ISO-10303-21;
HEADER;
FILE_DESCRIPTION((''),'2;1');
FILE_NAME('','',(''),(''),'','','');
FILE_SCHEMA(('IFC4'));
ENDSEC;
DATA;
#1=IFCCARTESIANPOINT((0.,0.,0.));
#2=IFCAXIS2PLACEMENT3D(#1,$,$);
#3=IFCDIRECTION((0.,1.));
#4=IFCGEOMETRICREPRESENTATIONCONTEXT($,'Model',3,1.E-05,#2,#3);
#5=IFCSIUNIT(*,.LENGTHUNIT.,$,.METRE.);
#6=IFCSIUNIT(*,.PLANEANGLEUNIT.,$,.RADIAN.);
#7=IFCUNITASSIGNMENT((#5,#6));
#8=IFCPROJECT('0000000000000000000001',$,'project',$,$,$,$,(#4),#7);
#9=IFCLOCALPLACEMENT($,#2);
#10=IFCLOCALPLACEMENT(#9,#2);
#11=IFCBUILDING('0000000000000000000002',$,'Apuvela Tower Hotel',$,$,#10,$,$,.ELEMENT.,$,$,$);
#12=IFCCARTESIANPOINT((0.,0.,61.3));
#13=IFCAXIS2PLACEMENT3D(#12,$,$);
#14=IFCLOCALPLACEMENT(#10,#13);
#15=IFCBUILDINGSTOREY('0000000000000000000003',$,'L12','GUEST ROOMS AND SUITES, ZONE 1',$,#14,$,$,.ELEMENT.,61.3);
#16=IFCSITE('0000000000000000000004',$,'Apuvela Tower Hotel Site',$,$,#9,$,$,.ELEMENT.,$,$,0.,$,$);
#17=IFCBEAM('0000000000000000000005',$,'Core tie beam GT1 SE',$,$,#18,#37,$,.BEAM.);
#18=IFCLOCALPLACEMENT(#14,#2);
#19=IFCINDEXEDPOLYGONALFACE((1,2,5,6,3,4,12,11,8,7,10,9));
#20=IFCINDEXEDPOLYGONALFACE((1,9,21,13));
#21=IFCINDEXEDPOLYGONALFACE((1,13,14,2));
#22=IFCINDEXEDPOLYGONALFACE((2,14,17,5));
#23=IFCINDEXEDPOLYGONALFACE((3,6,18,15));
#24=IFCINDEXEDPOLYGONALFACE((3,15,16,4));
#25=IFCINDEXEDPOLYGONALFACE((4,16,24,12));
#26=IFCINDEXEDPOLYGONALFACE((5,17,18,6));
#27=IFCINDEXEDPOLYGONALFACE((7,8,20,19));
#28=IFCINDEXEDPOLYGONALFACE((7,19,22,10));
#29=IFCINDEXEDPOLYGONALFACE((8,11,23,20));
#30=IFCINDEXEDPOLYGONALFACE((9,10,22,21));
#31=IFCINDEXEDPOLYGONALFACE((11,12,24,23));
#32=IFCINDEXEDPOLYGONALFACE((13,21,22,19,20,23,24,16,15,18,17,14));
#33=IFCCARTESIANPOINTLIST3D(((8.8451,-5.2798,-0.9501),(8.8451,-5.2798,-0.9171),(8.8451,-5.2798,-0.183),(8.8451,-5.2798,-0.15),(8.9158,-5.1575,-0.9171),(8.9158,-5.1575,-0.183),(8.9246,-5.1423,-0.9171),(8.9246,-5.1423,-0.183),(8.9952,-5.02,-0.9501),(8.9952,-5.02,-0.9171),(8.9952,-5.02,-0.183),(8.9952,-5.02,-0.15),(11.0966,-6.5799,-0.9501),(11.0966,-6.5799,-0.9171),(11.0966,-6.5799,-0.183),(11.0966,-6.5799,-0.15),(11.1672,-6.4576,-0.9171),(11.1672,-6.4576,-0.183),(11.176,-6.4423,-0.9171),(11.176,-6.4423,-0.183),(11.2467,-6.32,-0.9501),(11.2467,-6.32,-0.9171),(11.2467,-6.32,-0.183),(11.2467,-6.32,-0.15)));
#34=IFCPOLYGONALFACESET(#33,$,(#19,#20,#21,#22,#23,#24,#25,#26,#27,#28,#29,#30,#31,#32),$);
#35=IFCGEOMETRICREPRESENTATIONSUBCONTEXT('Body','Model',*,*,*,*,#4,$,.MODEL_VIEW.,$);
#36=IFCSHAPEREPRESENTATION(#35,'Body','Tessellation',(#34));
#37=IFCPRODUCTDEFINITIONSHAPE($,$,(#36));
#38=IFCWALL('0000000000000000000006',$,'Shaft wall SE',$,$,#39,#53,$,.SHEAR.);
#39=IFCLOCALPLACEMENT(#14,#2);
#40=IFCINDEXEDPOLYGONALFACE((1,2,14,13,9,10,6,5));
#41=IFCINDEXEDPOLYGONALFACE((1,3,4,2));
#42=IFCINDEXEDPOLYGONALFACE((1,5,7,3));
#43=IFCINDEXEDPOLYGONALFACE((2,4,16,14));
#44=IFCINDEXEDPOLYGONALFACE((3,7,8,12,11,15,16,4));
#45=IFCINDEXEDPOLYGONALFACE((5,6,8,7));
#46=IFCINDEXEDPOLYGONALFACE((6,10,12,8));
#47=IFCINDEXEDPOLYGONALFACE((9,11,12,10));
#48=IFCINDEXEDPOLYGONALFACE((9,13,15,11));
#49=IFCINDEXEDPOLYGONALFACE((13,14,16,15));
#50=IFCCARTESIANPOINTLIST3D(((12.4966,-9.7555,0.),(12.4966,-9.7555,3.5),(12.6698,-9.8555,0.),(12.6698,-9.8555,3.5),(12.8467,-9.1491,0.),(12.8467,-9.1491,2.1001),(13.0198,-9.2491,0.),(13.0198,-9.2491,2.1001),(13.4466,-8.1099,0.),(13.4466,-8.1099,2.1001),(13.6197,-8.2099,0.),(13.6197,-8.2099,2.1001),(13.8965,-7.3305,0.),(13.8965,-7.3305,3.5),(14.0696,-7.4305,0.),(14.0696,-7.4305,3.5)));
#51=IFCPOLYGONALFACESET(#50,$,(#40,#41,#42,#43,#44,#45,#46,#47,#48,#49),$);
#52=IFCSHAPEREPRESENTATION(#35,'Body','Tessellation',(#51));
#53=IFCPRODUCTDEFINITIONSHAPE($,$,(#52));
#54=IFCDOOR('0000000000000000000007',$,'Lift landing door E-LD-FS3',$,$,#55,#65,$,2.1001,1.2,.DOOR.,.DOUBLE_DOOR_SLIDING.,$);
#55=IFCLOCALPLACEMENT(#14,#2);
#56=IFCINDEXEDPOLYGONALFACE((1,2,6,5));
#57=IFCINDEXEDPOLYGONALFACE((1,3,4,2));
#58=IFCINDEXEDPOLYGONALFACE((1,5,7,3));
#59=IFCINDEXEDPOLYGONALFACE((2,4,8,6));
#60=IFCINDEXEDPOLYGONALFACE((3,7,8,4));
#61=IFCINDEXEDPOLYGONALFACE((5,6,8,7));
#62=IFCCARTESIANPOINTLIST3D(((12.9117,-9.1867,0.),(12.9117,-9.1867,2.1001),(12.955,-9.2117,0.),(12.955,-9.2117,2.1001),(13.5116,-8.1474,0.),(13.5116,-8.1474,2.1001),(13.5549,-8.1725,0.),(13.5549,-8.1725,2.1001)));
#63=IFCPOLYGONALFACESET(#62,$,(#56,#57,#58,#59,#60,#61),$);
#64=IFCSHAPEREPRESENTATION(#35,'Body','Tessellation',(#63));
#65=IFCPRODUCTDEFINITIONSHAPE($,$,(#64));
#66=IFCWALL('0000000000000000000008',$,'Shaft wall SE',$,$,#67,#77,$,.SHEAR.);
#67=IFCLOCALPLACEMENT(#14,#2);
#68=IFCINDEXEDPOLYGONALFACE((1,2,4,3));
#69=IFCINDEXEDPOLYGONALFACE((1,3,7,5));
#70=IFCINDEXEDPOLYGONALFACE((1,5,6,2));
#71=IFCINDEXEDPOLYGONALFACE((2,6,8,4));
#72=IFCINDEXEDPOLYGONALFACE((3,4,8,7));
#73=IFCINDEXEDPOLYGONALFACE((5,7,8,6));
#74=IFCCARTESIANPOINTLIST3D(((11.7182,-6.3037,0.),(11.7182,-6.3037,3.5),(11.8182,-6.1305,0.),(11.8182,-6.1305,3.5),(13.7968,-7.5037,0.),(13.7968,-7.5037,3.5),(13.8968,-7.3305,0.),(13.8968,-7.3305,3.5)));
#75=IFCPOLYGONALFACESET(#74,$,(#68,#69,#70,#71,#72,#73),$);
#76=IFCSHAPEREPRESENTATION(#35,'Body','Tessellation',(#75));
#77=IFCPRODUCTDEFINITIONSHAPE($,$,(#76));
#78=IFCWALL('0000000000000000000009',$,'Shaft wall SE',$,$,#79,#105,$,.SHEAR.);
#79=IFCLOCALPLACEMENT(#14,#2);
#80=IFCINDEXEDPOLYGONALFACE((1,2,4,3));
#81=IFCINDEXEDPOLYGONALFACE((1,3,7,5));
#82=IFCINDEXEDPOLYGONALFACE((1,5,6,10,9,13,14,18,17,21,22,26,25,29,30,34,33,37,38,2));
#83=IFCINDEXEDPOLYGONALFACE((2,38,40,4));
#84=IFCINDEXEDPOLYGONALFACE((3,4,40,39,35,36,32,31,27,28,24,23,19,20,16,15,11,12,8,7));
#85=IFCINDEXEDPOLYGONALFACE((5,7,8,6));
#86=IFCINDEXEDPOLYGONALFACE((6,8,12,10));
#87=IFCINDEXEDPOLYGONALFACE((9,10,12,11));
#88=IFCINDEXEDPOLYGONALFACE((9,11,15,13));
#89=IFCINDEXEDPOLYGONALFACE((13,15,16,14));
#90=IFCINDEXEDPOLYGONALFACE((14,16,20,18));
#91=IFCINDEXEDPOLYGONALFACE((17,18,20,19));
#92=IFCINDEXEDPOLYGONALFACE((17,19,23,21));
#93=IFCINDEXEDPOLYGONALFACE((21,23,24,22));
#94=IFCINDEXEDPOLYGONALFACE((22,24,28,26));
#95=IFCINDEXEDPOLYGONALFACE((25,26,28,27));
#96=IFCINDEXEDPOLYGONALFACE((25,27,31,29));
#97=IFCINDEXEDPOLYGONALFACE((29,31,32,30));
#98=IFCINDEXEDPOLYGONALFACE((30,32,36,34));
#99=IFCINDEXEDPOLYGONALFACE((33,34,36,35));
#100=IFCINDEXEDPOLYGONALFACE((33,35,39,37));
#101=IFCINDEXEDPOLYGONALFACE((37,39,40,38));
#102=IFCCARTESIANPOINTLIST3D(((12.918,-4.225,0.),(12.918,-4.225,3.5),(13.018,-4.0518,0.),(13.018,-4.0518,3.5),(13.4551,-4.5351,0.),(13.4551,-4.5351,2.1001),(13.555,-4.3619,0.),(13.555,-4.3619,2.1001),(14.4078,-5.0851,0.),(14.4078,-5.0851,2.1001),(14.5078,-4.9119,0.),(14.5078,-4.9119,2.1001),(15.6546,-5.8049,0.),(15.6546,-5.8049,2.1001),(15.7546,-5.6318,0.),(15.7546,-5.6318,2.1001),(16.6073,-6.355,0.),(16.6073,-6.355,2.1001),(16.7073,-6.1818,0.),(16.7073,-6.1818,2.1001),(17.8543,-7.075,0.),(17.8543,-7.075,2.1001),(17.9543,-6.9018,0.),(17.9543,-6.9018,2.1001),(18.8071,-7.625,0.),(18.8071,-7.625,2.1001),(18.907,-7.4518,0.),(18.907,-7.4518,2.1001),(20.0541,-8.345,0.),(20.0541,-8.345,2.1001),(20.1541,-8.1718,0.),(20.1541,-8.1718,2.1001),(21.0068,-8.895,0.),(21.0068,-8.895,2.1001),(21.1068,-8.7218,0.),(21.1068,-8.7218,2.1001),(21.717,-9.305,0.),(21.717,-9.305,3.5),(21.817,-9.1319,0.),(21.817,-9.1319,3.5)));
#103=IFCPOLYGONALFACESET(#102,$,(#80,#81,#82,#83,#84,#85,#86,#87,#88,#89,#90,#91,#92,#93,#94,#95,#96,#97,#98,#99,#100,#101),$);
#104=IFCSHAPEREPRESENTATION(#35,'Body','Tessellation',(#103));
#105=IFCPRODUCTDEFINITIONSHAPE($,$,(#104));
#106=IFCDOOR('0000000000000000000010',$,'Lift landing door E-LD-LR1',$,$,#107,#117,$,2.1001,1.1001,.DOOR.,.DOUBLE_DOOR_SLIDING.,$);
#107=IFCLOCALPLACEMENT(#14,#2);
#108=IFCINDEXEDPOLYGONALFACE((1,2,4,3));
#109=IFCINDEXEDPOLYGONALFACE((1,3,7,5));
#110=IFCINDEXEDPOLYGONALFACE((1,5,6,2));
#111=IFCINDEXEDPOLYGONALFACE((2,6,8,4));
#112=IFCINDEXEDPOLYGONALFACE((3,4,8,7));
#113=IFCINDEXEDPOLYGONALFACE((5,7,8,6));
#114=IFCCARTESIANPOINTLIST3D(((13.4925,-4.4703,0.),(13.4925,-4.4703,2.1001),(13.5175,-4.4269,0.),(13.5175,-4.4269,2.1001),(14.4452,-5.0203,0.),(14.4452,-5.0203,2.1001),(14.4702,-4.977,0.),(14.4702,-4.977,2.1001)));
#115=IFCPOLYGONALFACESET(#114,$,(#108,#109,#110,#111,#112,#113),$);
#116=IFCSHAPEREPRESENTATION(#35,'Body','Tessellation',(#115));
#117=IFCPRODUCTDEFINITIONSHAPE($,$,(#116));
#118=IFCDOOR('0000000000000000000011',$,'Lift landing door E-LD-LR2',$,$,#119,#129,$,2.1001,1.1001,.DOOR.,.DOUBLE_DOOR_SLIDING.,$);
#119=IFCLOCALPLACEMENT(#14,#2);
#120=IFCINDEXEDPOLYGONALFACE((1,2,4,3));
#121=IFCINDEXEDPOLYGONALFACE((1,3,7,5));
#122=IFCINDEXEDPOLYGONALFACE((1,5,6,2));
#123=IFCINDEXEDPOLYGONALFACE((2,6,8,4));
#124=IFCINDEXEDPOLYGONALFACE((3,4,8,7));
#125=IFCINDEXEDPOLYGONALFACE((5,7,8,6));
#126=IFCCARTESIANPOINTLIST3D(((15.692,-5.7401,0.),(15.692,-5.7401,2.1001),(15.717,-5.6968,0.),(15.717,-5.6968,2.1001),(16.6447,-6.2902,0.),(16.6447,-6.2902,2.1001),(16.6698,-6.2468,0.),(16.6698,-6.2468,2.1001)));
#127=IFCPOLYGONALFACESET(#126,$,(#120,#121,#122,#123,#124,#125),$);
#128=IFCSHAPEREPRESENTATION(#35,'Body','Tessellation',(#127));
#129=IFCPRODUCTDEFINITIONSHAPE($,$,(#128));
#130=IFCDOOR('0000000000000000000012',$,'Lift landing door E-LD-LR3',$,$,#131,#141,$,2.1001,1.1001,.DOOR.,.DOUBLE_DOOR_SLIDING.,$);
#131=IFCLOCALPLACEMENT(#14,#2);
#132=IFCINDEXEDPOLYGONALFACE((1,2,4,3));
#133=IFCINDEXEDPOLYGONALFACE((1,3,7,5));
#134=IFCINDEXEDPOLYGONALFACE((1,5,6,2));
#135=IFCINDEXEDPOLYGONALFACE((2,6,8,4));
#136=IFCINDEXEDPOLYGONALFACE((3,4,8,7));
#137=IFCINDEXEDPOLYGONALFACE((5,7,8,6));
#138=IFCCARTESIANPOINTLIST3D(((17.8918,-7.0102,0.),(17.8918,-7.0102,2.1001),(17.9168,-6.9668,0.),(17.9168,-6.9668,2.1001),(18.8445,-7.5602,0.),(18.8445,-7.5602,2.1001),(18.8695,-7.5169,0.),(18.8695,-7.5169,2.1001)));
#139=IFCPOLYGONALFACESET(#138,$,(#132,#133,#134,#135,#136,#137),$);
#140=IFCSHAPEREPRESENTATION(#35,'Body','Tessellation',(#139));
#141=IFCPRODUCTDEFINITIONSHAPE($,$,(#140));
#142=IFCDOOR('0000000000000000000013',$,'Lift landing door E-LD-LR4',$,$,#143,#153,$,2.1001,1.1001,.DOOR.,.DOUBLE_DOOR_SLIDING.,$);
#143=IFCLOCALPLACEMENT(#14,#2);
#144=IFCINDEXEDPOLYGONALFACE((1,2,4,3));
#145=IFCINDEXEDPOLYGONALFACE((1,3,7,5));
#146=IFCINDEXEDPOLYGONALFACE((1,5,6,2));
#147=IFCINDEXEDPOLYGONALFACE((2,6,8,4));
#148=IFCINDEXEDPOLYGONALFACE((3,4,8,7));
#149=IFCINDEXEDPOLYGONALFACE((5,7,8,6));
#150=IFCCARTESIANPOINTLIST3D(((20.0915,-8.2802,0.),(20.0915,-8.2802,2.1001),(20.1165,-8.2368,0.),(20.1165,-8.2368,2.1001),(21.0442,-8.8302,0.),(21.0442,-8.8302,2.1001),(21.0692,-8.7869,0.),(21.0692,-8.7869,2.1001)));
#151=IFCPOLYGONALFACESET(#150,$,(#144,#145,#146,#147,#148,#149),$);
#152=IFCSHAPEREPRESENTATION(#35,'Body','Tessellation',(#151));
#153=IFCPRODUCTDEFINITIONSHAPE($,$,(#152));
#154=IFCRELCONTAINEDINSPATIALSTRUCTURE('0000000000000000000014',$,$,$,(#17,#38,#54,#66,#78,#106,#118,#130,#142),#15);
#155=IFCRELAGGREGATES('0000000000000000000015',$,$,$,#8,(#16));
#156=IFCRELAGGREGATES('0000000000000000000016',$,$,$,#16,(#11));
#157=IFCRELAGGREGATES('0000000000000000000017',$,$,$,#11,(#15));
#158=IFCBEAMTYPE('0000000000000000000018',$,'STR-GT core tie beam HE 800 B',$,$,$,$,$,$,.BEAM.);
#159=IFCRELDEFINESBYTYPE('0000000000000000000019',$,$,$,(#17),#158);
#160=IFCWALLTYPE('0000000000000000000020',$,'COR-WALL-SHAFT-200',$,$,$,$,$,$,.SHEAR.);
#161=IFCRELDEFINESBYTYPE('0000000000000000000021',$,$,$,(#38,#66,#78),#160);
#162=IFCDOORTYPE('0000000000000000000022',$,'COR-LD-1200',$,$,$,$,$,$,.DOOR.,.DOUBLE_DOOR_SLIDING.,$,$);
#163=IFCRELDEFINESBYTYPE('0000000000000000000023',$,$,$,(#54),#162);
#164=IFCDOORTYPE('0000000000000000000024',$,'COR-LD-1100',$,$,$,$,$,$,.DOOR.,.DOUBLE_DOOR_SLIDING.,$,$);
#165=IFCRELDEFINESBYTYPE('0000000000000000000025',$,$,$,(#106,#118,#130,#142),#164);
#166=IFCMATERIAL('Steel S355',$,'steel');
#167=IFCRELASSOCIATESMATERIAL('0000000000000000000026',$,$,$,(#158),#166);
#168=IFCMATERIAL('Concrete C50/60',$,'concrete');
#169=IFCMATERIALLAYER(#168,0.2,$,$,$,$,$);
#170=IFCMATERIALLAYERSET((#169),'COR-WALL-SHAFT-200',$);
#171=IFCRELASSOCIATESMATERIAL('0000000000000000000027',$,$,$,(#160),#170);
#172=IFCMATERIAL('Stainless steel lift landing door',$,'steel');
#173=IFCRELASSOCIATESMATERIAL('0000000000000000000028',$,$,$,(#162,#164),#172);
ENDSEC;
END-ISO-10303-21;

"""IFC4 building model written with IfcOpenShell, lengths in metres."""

from ifc_helpers import new_model, si_unit, direction, frame, frame_2d, origin, origin_2d, place, context, subcontext, project, spatial, rectangle, i_section, extrude, material, layer, layer_set, material_profile, profile_set, type_object, element, fill, save


model = new_model("IFC4")

# Units and contexts
model_context = context("Model", 3, precision=1e-05, world=origin(), true_north=direction((0.0, 1.0)))
body_context = subcontext(model_context, "Body", "Model", "MODEL_VIEW")
ifc_project = project(units=[si_unit("LENGTHUNIT", "METRE"), si_unit("PLANEANGLEUNIT", "RADIAN")], contexts=[model_context])

# Site, building, storey
site_placement = place(None, origin())
site = spatial("IfcSite", under=ifc_project, at=site_placement, Name="Apuvela Tower Hotel Site", CompositionType="ELEMENT", RefElevation=0.0)
building_placement = place(site_placement, origin())
building = spatial("IfcBuilding", under=site, at=building_placement, Name="Apuvela Tower Hotel", CompositionType="ELEMENT")
storey_placement = place(building_placement, frame((0.0, 0.0, 61.3)))
storey = spatial("IfcBuildingStorey", under=building, at=storey_placement, Name="L12", Description="GUEST ROOMS AND SUITES, ZONE 1", CompositionType="ELEMENT", Elevation=61.3)

# Beam
ifc_material_1 = material(Name="Steel S355", Category="steel")
ifc_material_profile = material_profile(ifc_material_1, i_section(OverallWidth=0.3, OverallDepth=0.8, WebThickness=0.0176, FlangeThickness=0.033, at=origin_2d()), Name="HE 800 B")
ifc_profile_set = profile_set([ifc_material_profile], Name="Steel S355")
beam_type = type_object("IfcBeamType", Name="STR-GT core tie beam HE 800 B", PredefinedType="BEAM", material=ifc_profile_set)
beam_placement = place(storey_placement, frame((11.1716, -6.45, -0.55), z_axis=(-0.865998, 0.500048, 0.0), x_axis=(-0.500048, -0.865998, 0.0)))
element("IfcBeam", 1, at=beam_placement, inside=storey, type_object=beam_type, Name="Core tie beam GT1 SE", PredefinedType="BEAM", context=body_context, shape_type="SweptSolid", body=[
    extrude(i_section(OverallWidth=0.3, OverallDepth=0.8, WebThickness=0.0176, FlangeThickness=0.033, at=origin_2d()), origin(), (0.0, 0.0, 1.0), 2.5999),
])

# Wall, opening, door
ifc_material_2 = material(Name="Concrete C50/60", Category="concrete")
ifc_layer_1 = layer(ifc_material_2, 0.2)
ifc_layer_set_1 = layer_set([ifc_layer_1], Name="COR-WALL-SHAFT-200")
wall_type_1 = type_object("IfcWallType", Name="COR-WALL-SHAFT-200", PredefinedType="SHEAR", material=ifc_layer_set_1)
wall_1_placement = place(storey_placement, frame((12.5833, -9.8054, 0.0), z_axis=(0.0, 0.0, 1.0), x_axis=(0.499946, 0.866056, 0.0)))
wall_1 = element("IfcWall", 2, at=wall_1_placement, inside=storey, type_object=wall_type_1, Name="Shaft wall SE", PredefinedType="SHEAR", context=body_context, shape_type="SweptSolid", body=[
    extrude(rectangle(XDim=2.8, YDim=0.2, at=frame_2d((1.3999, 0.0))), origin(), (0.0, 0.0, 1.0), 3.5),
])
opening_1_placement = place(wall_1_placement, frame((0.7, 0.0, 0.0)))
opening_1 = element("IfcOpeningElement", 3, at=opening_1_placement, cuts=wall_1, PredefinedType="OPENING", context=body_context, shape_type="SweptSolid", body=[
    extrude(rectangle(XDim=1.2, YDim=2.1001, at=frame_2d((0.6001, 1.05))), frame((0.0, 0.1099, 0.0), z_axis=(0.0, -1.0, 0.0), x_axis=(1.0, 0.0, 0.0)), (0.0, 0.0, 1.0), 0.22),
])
ifc_material_3 = material(Name="Stainless steel lift landing door", Category="steel")
door_type_1 = type_object("IfcDoorType", Name="COR-LD-1200", OperationType="DOUBLE_DOOR_SLIDING", PredefinedType="DOOR", material=ifc_material_3)
door_1_placement = place(opening_1_placement, origin())
door_1 = element("IfcDoor", 4, at=door_1_placement, inside=storey, type_object=door_type_1, Name="Lift landing door E-LD-FS3", OperationType="DOUBLE_DOOR_SLIDING", OverallHeight=2.1001, OverallWidth=1.2, PredefinedType="DOOR", context=body_context, shape_type="SweptSolid", body=[
    extrude(rectangle(XDim=1.2, YDim=2.1001, at=frame_2d((0.6001, 1.05))), frame((0.0, 0.0249, 0.0), z_axis=(0.0, -1.0, 0.0), x_axis=(1.0, 0.0, 0.0)), (0.0, 0.0, 1.0), 0.05),
])
fill(opening_1, door_1)

# Wall
wall_2_placement = place(storey_placement, frame((11.7681, -6.217, 0.0), z_axis=(0.0, 0.0, 1.0), x_axis=(0.86605, -0.499957, 0.0)))
element("IfcWall", 5, at=wall_2_placement, inside=storey, type_object=wall_type_1, Name="Shaft wall SE", PredefinedType="SHEAR", context=body_context, shape_type="SweptSolid", body=[
    extrude(rectangle(XDim=2.4001, YDim=0.2, at=frame_2d((1.2002, 0.0))), origin(), (0.0, 0.0, 1.0), 3.5),
])

# Wall, openings, doors
wall_3_placement = place(storey_placement, frame((12.968, -4.1384, 0.0), z_axis=(0.0, 0.0, 1.0), x_axis=(0.866028, -0.499995, 0.0)))
wall_3 = element("IfcWall", 6, at=wall_3_placement, inside=storey, type_object=wall_type_1, Name="Shaft wall SE", PredefinedType="SHEAR", context=body_context, shape_type="SweptSolid", body=[
    extrude(rectangle(XDim=10.1602, YDim=0.2, at=frame_2d((5.0801, 0.0))), origin(), (0.0, 0.0, 1.0), 3.5),
])
opening_2_placement = place(wall_3_placement, frame((0.6201, 0.0, 0.0)))
opening_2 = element("IfcOpeningElement", 7, at=opening_2_placement, cuts=wall_3, PredefinedType="OPENING", context=body_context, shape_type="SweptSolid", body=[
    extrude(rectangle(XDim=1.1001, YDim=2.1001, at=frame_2d((0.55, 1.05))), frame((0.0, 0.1099, 0.0), z_axis=(0.0, -1.0, 0.0), x_axis=(1.0, 0.0, 0.0)), (0.0, 0.0, 1.0), 0.22),
])
opening_3_placement = place(wall_3_placement, frame((3.1599, 0.0, 0.0)))
opening_3 = element("IfcOpeningElement", 8, at=opening_3_placement, cuts=wall_3, PredefinedType="OPENING", context=body_context, shape_type="SweptSolid", body=[
    extrude(rectangle(XDim=1.1001, YDim=2.1001, at=frame_2d((0.55, 1.05))), frame((0.0, 0.1099, 0.0), z_axis=(0.0, -1.0, 0.0), x_axis=(1.0, 0.0, 0.0)), (0.0, 0.0, 1.0), 0.22),
])
opening_4_placement = place(wall_3_placement, frame((5.7, 0.0, 0.0)))
opening_4 = element("IfcOpeningElement", 9, at=opening_4_placement, cuts=wall_3, PredefinedType="OPENING", context=body_context, shape_type="SweptSolid", body=[
    extrude(rectangle(XDim=1.1001, YDim=2.1001, at=frame_2d((0.55, 1.05))), frame((0.0, 0.1099, 0.0), z_axis=(0.0, -1.0, 0.0), x_axis=(1.0, 0.0, 0.0)), (0.0, 0.0, 1.0), 0.22),
])
opening_5_placement = place(wall_3_placement, frame((8.24, 0.0, 0.0)))
opening_5 = element("IfcOpeningElement", 10, at=opening_5_placement, cuts=wall_3, PredefinedType="OPENING", context=body_context, shape_type="SweptSolid", body=[
    extrude(rectangle(XDim=1.1001, YDim=2.1001, at=frame_2d((0.55, 1.05))), frame((0.0, 0.1099, 0.0), z_axis=(0.0, -1.0, 0.0), x_axis=(1.0, 0.0, 0.0)), (0.0, 0.0, 1.0), 0.22),
])
door_type_2 = type_object("IfcDoorType", Name="COR-LD-1100", OperationType="DOUBLE_DOOR_SLIDING", PredefinedType="DOOR", material=ifc_material_3)
door_2_placement = place(opening_2_placement, origin())
door_2 = element("IfcDoor", 11, at=door_2_placement, inside=storey, type_object=door_type_2, Name="Lift landing door E-LD-LR1", OperationType="DOUBLE_DOOR_SLIDING", OverallHeight=2.1001, OverallWidth=1.1001, PredefinedType="DOOR", context=body_context, shape_type="SweptSolid", body=[
    extrude(rectangle(XDim=1.1001, YDim=2.1001, at=frame_2d((0.55, 1.05))), frame((0.0, 0.0249, 0.0), z_axis=(0.0, -1.0, 0.0), x_axis=(1.0, 0.0, 0.0)), (0.0, 0.0, 1.0), 0.05),
])
fill(opening_2, door_2)
door_3_placement = place(opening_3_placement, origin())
door_3 = element("IfcDoor", 12, at=door_3_placement, inside=storey, type_object=door_type_2, Name="Lift landing door E-LD-LR2", OperationType="DOUBLE_DOOR_SLIDING", OverallHeight=2.1001, OverallWidth=1.1001, PredefinedType="DOOR", context=body_context, shape_type="SweptSolid", body=[
    extrude(rectangle(XDim=1.1001, YDim=2.1001, at=frame_2d((0.55, 1.05))), frame((0.0, 0.0249, 0.0), z_axis=(0.0, -1.0, 0.0), x_axis=(1.0, 0.0, 0.0)), (0.0, 0.0, 1.0), 0.05),
])
fill(opening_3, door_3)
door_4_placement = place(opening_4_placement, origin())
door_4 = element("IfcDoor", 13, at=door_4_placement, inside=storey, type_object=door_type_2, Name="Lift landing door E-LD-LR3", OperationType="DOUBLE_DOOR_SLIDING", OverallHeight=2.1001, OverallWidth=1.1001, PredefinedType="DOOR", context=body_context, shape_type="SweptSolid", body=[
    extrude(rectangle(XDim=1.1001, YDim=2.1001, at=frame_2d((0.55, 1.05))), frame((0.0, 0.0249, 0.0), z_axis=(0.0, -1.0, 0.0), x_axis=(1.0, 0.0, 0.0)), (0.0, 0.0, 1.0), 0.05),
])
fill(opening_4, door_4)
door_5_placement = place(opening_5_placement, origin())
door_5 = element("IfcDoor", 14, at=door_5_placement, inside=storey, type_object=door_type_2, Name="Lift landing door E-LD-LR4", OperationType="DOUBLE_DOOR_SLIDING", OverallHeight=2.1001, OverallWidth=1.1001, PredefinedType="DOOR", context=body_context, shape_type="SweptSolid", body=[
    extrude(rectangle(XDim=1.1001, YDim=2.1001, at=frame_2d((0.55, 1.05))), frame((0.0, 0.0249, 0.0), z_axis=(0.0, -1.0, 0.0), x_axis=(1.0, 0.0, 0.0)), (0.0, 0.0, 1.0), 0.05),
])
fill(opening_5, door_5)

save(model, "model.ifc")
